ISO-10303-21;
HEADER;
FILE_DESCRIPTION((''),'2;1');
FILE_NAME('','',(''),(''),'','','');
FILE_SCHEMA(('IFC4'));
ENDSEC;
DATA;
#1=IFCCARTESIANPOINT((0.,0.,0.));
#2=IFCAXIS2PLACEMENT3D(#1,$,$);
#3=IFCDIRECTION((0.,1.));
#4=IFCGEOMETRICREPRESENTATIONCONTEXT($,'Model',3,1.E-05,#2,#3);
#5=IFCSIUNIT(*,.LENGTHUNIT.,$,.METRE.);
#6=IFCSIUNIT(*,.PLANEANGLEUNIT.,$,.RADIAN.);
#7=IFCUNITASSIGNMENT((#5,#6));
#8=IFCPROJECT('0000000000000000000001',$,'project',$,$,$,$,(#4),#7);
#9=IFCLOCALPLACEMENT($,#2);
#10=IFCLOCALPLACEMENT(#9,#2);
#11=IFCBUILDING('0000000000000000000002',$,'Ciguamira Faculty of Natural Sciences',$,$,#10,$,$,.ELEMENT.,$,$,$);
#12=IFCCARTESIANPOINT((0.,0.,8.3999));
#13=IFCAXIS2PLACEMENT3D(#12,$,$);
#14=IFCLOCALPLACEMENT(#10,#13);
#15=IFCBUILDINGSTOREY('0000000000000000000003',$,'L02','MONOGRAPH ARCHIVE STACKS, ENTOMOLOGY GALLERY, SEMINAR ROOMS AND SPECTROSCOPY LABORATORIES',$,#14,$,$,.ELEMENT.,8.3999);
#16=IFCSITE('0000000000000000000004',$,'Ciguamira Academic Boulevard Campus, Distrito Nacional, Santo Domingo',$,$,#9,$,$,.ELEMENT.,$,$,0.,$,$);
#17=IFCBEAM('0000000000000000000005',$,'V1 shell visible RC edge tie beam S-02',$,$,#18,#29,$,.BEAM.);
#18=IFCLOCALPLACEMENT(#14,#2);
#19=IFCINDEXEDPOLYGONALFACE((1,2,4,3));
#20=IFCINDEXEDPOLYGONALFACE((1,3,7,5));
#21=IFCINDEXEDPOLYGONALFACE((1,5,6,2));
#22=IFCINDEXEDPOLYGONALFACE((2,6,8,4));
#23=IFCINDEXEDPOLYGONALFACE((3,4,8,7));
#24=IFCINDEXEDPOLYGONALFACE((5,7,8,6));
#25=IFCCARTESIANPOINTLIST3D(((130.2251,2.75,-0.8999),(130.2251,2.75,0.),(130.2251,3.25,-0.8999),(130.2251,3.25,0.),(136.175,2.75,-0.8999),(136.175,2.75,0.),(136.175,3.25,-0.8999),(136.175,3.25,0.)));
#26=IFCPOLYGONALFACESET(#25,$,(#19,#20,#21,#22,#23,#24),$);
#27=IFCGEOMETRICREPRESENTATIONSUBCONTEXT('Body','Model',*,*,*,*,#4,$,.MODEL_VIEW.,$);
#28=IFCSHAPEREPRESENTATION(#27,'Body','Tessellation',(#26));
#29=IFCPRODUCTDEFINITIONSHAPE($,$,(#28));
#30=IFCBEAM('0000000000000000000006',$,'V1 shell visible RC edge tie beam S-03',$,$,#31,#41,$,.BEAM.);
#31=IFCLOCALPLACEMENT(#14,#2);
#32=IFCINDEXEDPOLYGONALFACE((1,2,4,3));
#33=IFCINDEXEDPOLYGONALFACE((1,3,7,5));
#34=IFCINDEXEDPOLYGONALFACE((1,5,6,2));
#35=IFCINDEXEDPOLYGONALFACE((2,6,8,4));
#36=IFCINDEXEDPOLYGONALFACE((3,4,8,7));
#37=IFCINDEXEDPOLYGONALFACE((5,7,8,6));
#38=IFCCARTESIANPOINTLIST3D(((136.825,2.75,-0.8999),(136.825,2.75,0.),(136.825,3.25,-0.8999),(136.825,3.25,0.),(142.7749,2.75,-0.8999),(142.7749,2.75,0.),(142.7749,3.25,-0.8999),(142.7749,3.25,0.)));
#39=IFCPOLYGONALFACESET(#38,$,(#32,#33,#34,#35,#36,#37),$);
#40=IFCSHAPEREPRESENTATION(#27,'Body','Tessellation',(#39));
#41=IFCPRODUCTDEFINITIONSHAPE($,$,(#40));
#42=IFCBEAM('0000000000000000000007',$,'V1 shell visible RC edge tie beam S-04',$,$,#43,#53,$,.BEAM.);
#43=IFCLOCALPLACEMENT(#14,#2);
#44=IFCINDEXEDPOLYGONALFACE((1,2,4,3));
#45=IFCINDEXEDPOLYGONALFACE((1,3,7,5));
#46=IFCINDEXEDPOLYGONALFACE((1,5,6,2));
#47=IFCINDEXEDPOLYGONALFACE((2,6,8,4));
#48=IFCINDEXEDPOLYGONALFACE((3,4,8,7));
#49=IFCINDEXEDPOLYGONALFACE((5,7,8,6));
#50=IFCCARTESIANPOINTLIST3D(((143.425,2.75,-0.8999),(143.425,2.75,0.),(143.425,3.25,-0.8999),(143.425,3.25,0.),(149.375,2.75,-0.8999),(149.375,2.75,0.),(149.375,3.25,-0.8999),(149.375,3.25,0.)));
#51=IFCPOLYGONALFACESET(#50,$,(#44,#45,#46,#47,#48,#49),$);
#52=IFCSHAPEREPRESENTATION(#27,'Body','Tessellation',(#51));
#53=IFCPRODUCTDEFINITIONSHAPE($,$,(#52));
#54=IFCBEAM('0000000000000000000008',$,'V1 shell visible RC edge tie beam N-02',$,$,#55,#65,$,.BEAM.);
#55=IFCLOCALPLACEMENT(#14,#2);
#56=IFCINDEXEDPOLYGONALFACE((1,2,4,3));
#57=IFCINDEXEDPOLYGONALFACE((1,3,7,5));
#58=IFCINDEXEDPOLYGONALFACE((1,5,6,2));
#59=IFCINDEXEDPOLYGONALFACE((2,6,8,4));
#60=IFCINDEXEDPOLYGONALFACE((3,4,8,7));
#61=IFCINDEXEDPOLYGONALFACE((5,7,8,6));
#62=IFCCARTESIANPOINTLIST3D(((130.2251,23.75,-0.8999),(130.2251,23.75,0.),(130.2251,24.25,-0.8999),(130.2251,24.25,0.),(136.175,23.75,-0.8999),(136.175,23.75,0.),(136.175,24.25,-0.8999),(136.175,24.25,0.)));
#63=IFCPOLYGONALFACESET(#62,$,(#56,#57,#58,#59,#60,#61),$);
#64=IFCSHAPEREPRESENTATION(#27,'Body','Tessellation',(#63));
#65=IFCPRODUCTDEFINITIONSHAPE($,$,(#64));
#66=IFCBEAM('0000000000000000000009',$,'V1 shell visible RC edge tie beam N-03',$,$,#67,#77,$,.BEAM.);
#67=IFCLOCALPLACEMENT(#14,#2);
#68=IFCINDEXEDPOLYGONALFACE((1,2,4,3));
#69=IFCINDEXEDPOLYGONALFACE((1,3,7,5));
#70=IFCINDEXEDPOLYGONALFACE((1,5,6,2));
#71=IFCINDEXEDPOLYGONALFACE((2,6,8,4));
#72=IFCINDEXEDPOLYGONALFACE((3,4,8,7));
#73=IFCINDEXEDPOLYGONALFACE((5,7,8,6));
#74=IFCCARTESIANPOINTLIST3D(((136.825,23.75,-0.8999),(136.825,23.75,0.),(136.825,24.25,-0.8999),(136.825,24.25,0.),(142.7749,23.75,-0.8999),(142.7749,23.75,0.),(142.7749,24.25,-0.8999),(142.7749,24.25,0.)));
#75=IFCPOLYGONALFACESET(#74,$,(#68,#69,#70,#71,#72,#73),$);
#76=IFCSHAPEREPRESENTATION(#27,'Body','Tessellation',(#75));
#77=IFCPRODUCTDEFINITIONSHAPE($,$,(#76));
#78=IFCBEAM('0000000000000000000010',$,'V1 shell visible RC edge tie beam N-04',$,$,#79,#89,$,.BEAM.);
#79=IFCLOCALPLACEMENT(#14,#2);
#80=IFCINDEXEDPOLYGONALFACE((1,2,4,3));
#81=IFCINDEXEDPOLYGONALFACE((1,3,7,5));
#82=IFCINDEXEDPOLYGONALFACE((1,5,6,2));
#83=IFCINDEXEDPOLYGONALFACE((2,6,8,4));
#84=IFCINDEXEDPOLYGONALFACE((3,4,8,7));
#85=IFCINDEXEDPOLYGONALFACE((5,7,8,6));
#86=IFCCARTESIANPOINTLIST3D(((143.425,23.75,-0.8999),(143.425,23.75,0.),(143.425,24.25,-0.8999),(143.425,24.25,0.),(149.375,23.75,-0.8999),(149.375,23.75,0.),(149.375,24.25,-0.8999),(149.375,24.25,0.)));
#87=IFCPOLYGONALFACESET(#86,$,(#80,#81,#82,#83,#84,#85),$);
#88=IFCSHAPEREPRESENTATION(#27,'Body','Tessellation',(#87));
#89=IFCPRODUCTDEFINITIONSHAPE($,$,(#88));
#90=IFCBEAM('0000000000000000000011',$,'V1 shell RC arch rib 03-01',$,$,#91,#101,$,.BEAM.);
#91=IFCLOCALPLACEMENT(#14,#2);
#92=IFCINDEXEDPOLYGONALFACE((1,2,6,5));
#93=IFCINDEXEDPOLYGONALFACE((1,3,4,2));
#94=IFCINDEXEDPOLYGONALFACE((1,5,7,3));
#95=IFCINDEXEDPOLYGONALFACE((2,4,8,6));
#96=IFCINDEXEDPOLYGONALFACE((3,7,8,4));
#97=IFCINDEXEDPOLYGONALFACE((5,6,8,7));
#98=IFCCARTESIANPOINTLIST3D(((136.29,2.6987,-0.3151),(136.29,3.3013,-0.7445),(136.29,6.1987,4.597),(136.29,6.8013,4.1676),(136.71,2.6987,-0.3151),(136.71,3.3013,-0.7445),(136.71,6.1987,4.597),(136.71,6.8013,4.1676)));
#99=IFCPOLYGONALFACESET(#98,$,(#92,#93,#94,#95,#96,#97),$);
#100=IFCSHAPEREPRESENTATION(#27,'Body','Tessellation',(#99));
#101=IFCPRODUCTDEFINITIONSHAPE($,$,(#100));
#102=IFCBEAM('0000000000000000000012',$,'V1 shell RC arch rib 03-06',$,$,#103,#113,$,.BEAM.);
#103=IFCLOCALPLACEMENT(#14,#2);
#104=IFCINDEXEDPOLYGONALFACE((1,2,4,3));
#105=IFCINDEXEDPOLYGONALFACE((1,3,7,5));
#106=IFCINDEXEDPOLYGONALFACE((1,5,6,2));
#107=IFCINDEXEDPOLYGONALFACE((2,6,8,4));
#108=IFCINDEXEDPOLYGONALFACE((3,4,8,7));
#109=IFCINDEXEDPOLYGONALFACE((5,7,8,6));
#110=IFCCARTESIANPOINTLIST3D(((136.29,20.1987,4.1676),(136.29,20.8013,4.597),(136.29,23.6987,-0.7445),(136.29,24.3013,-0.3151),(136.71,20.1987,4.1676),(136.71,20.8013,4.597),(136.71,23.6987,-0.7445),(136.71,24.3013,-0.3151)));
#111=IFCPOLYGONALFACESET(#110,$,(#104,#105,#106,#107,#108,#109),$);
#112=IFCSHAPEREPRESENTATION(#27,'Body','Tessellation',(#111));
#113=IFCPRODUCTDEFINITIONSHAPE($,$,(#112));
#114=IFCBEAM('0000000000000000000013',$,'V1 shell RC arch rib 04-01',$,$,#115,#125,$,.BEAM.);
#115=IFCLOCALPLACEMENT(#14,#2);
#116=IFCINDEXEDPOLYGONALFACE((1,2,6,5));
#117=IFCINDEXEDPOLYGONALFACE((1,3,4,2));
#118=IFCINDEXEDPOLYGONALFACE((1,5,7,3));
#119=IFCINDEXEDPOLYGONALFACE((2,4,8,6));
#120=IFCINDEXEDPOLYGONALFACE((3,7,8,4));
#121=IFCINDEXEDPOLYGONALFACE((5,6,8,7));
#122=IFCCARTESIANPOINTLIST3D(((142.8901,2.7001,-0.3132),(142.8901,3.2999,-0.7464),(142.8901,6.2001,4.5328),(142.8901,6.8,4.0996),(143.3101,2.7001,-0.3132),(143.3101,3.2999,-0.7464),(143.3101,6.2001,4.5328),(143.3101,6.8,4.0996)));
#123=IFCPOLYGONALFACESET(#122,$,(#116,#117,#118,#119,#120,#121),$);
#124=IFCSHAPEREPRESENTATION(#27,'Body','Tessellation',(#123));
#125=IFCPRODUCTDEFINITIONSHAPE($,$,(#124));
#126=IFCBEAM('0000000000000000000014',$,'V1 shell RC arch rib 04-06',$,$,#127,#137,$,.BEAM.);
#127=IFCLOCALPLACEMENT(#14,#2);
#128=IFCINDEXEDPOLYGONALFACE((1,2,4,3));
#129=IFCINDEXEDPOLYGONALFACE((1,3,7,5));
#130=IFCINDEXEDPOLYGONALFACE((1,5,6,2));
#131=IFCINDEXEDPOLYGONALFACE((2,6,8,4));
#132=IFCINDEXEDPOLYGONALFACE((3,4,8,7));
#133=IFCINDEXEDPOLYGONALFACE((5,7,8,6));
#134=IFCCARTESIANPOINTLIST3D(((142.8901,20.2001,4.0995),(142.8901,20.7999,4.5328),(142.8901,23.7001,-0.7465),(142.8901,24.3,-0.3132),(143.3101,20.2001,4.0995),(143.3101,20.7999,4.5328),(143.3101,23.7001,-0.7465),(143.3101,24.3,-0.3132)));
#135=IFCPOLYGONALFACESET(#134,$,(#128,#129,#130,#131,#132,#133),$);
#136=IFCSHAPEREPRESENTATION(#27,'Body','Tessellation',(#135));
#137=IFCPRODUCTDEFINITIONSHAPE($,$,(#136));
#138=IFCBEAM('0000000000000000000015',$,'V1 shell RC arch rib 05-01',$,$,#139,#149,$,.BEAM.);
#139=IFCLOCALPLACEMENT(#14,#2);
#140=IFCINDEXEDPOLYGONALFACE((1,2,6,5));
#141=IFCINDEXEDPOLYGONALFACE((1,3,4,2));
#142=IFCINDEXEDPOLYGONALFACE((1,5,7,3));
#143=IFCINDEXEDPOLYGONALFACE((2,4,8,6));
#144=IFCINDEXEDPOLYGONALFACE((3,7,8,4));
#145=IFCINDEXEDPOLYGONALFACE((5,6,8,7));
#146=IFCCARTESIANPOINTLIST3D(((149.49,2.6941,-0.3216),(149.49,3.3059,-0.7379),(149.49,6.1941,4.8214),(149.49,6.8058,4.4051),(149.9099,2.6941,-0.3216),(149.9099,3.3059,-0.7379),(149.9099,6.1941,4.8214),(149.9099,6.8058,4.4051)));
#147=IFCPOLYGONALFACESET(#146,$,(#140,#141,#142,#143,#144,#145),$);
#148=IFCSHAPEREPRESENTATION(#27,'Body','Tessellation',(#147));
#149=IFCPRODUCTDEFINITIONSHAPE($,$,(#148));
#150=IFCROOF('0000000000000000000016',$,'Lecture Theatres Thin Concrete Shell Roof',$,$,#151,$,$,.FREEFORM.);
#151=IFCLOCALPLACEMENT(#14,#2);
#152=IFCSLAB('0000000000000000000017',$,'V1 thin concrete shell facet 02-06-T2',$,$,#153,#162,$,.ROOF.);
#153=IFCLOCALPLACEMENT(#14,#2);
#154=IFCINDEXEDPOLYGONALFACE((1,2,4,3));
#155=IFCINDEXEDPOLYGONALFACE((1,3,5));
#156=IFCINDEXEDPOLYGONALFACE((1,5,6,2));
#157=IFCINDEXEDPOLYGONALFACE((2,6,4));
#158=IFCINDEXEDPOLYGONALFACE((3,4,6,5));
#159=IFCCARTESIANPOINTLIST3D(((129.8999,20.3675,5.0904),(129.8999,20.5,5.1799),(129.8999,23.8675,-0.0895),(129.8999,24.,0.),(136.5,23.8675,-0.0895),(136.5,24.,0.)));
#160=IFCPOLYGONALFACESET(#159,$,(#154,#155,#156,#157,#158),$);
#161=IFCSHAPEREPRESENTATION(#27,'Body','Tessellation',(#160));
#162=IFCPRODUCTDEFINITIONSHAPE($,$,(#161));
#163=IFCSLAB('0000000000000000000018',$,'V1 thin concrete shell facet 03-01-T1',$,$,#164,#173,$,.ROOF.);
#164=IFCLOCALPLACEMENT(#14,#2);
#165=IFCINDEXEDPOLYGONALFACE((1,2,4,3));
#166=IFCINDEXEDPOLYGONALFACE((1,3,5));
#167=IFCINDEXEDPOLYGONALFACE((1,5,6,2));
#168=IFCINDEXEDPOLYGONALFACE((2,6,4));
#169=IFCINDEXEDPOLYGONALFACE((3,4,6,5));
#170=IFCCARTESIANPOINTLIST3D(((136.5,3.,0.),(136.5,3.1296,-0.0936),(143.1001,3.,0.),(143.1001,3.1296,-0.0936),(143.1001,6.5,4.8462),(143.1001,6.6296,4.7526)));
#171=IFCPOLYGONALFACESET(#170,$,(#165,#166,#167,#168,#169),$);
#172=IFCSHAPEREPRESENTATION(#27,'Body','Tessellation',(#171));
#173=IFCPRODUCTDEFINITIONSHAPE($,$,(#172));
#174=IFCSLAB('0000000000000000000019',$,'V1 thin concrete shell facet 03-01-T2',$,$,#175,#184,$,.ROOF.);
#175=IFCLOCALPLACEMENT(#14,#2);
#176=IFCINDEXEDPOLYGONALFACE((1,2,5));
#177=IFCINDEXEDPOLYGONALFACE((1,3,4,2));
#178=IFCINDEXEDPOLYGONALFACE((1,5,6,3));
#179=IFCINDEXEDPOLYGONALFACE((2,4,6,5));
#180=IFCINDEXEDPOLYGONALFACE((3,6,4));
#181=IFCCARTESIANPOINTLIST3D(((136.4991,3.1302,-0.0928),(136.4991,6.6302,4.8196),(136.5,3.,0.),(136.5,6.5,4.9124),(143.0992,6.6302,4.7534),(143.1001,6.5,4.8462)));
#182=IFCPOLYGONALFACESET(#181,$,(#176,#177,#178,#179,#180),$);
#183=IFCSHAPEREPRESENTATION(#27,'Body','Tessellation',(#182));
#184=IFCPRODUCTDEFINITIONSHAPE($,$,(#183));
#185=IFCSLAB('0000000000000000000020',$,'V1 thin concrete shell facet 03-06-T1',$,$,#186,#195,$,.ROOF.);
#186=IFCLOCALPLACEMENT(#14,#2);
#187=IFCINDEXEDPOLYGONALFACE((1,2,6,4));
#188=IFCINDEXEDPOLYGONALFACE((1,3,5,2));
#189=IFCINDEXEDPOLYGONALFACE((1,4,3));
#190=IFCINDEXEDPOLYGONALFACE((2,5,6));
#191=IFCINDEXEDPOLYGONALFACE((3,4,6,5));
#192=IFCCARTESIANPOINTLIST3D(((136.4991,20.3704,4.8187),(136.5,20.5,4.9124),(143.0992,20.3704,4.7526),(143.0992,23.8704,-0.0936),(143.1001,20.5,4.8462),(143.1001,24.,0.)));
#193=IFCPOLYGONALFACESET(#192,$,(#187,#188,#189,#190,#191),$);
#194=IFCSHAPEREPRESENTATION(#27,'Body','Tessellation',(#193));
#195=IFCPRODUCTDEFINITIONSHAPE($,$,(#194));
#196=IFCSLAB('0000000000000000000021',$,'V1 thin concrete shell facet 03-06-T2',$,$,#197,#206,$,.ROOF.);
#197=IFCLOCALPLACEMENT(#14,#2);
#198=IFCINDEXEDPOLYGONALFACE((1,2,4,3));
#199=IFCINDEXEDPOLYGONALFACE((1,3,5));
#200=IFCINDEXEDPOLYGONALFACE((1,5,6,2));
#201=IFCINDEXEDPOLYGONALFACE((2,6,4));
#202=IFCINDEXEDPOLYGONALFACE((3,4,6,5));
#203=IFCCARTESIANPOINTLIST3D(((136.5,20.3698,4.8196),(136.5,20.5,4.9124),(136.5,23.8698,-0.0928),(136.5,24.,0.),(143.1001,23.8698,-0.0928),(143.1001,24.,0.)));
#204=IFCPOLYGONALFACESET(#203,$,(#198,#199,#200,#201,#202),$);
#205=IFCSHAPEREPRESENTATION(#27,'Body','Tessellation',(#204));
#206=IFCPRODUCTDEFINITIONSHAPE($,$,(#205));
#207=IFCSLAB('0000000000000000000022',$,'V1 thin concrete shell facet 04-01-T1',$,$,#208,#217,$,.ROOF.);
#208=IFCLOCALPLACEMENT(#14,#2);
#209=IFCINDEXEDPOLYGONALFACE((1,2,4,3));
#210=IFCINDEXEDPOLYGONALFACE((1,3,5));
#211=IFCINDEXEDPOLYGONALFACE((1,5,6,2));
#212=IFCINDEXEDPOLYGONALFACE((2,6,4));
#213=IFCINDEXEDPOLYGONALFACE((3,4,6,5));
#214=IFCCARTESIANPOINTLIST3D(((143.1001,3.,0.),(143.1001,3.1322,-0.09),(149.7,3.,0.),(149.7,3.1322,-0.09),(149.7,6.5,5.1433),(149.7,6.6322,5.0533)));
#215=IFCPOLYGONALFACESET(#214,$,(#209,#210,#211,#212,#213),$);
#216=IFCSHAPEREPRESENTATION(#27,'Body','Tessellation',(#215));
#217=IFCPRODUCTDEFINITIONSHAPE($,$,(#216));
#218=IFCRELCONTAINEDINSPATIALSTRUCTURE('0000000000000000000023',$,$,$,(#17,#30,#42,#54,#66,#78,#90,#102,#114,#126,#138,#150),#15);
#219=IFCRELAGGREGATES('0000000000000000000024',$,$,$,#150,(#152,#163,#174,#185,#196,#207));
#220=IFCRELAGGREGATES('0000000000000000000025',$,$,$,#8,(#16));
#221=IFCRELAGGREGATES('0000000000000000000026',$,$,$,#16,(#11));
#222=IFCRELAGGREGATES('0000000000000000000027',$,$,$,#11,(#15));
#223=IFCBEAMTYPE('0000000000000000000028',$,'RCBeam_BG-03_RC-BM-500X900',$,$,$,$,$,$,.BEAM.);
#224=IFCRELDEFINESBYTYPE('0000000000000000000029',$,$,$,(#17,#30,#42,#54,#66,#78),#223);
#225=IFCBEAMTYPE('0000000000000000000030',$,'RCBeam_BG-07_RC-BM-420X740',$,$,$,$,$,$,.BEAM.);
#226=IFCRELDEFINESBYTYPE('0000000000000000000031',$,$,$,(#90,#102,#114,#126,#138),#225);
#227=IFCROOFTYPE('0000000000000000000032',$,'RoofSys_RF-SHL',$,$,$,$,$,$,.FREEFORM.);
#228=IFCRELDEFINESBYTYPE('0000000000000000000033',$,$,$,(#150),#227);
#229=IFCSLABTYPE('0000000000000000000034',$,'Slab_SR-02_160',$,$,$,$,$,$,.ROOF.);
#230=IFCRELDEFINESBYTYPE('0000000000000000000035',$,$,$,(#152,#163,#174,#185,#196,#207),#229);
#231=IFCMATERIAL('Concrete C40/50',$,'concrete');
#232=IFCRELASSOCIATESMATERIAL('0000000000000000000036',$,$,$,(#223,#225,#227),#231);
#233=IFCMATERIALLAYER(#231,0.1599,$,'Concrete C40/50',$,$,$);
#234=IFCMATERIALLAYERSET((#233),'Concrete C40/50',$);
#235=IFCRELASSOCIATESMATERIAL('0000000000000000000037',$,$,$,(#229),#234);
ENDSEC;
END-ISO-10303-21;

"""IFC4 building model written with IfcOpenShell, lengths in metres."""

from ifc_helpers import new_model, si_unit, direction, frame, origin, origin_2d, place, context, subcontext, project, spatial, polyline, rectangle, outline, extrude, material, layer, layer_set, material_profile, profile_set, type_object, element, aggregate, save


model = new_model("IFC4")

# Units and contexts
model_context = context("Model", 3, precision=1e-05, world=origin(), true_north=direction((0.0, 1.0)))
body_context = subcontext(model_context, "Body", "Model", "MODEL_VIEW")
ifc_project = project(units=[si_unit("LENGTHUNIT", "METRE"), si_unit("PLANEANGLEUNIT", "RADIAN")], contexts=[model_context])

# Site, building, storey
site_placement = place(None, origin())
site = spatial("IfcSite", under=ifc_project, at=site_placement, Name="Ciguamira Academic Boulevard Campus, Distrito Nacional, Santo Domingo", CompositionType="ELEMENT", RefElevation=0.0)
building_placement = place(site_placement, origin())
building = spatial("IfcBuilding", under=site, at=building_placement, Name="Ciguamira Faculty of Natural Sciences", CompositionType="ELEMENT")
storey_placement = place(building_placement, frame((0.0, 0.0, 8.3999)))
storey = spatial("IfcBuildingStorey", under=building, at=storey_placement, Name="L02", Description="MONOGRAPH ARCHIVE STACKS, ENTOMOLOGY GALLERY, SEMINAR ROOMS AND SPECTROSCOPY LABORATORIES", CompositionType="ELEMENT", Elevation=8.3999)

# Beams
ifc_material = material(Name="Concrete C40/50", Category="concrete")
ifc_material_profile_1 = material_profile(ifc_material, rectangle(XDim=0.5, YDim=0.8999, at=origin_2d()), Name="RC-BM-500X900")
ifc_profile_set_1 = profile_set([ifc_material_profile_1], Name="Concrete C40/50")
beam_type_1 = type_object("IfcBeamType", Name="RCBeam_BG-03_RC-BM-500X900", PredefinedType="BEAM", material=ifc_profile_set_1)
for number, where, z_axis, x_axis, name in (
    (1, (130.2251, 3.0, -0.45), (1.0, 0.0, 0.0), (0.0, 1.0, 0.0), "V1 shell visible RC edge tie beam S-02"),
    (2, (136.825, 3.0, -0.45), (1.0, 0.0, 0.0), (0.0, 1.0, 0.0), "V1 shell visible RC edge tie beam S-03"),
    (3, (143.425, 3.0, -0.45), (1.0, 0.0, 0.0), (0.0, 1.0, 0.0), "V1 shell visible RC edge tie beam S-04"),
    (4, (130.2251, 24.0, -0.45), (1.0, 0.0, 0.0), (0.0, 1.0, 0.0), "V1 shell visible RC edge tie beam N-02"),
    (5, (136.825, 24.0, -0.45), (1.0, 0.0, 0.0), (0.0, 1.0, 0.0), "V1 shell visible RC edge tie beam N-03"),
    (6, (143.425, 24.0, -0.45), (1.0, 0.0, 0.0), (0.0, 1.0, 0.0), "V1 shell visible RC edge tie beam N-04"),
):
    element("IfcBeam", number, at=place(storey_placement, frame(where, z_axis=z_axis, x_axis=x_axis)), inside=storey, type_object=beam_type_1, Name=name, PredefinedType="BEAM", context=body_context, shape_type="SweptSolid", body=[
        extrude(rectangle(XDim=0.5, YDim=0.8999, at=origin_2d()), origin(), (0.0, 0.0, 1.0), 5.95),
    ])
ifc_material_profile_2 = material_profile(ifc_material, rectangle(XDim=0.4199, YDim=0.74, at=origin_2d()), Name="RC-BM-420X740")
ifc_profile_set_2 = profile_set([ifc_material_profile_2], Name="Concrete C40/50")
beam_type_2 = type_object("IfcBeamType", Name="RCBeam_BG-07_RC-BM-420X740", PredefinedType="BEAM", material=ifc_profile_set_2)
for number, where, z_axis, x_axis, name in (
    (7, (136.5, 3.0, -0.5298), (0.0, 0.580288, 0.814411), (-1.0, 0.0, 0.0), "V1 shell RC arch rib 03-01"),
    (8, (136.5, 20.5, 4.3823), (0.0, 0.580288, -0.814411), (-1.0, 0.0, 0.0), "V1 shell RC arch rib 03-06"),
):
    element("IfcBeam", number, at=place(storey_placement, frame(where, z_axis=z_axis, x_axis=x_axis)), inside=storey, type_object=beam_type_2, Name=name, PredefinedType="BEAM", context=body_context, shape_type="SweptSolid", body=[
        extrude(rectangle(XDim=0.4199, YDim=0.74, at=origin_2d()), origin(), (0.0, 0.0, 1.0), 6.0315),
    ])
for number, where, z_axis, x_axis, name in (
    (9, (143.1001, 3.0, -0.5298), (0.0, 0.585507, 0.810667), (-1.0, 0.0, 0.0), "V1 shell RC arch rib 04-01"),
    (10, (143.1001, 20.5, 4.3162), (0.0, 0.585507, -0.810667), (-1.0, 0.0, 0.0), "V1 shell RC arch rib 04-06"),
):
    element("IfcBeam", number, at=place(storey_placement, frame(where, z_axis=z_axis, x_axis=x_axis)), inside=storey, type_object=beam_type_2, Name=name, PredefinedType="BEAM", context=body_context, shape_type="SweptSolid", body=[
        extrude(rectangle(XDim=0.4199, YDim=0.74, at=origin_2d()), origin(), (0.0, 0.0, 1.0), 5.9778),
    ])
beam_placement = place(storey_placement, frame((149.7, 3.0, -0.5298), z_axis=(0.0, 0.562608, 0.826724), x_axis=(-1.0, 0.0, 0.0)))
element("IfcBeam", 11, at=beam_placement, inside=storey, type_object=beam_type_2, Name="V1 shell RC arch rib 05-01", PredefinedType="BEAM", context=body_context, shape_type="SweptSolid", body=[
    extrude(rectangle(XDim=0.4199, YDim=0.74, at=origin_2d()), origin(), (0.0, 0.0, 1.0), 6.2209),
])

# Roof, slabs
roof_type = type_object("IfcRoofType", Name="RoofSys_RF-SHL", PredefinedType="FREEFORM", material=ifc_material)
roof_placement = place(storey_placement, origin())
roof = element("IfcRoof", 12, at=roof_placement, inside=storey, type_object=roof_type, Name="Lecture Theatres Thin Concrete Shell Roof", PredefinedType="FREEFORM")
ifc_layer = layer(ifc_material, 0.1599, Name="Concrete C40/50")
ifc_layer_set = layer_set([ifc_layer], Name="Concrete C40/50")
slab_type = type_object("IfcSlabType", Name="Slab_SR-02_160", PredefinedType="ROOF", material=ifc_layer_set)
slab_1_placement = place(storey_placement, frame((129.8999, 20.5, 5.1799), z_axis=(0.0, 0.828586, 0.559862), x_axis=(0.726018, 0.385004, -0.569798)))
slab_1 = element("IfcSlab", 13, at=slab_1_placement, type_object=slab_type, Name="V1 thin concrete shell facet 02-06-T2", PredefinedType="ROOF", context=body_context, shape_type="SweptSolid", body=[
    extrude(outline(polyline([(0.0, 0.0), (9.0908, 0.0), (4.299, 4.5387), (0.0, 0.0)])), origin(), (0.0, 0.0, -1.0), 0.1599),
])
slab_2_placement = place(storey_placement, frame((136.5, 3.0, 0.0), z_axis=(0.0, -0.810681, 0.585488), x_axis=(1.0, 0.0, 0.0)))
slab_2 = element("IfcSlab", 14, at=slab_2_placement, type_object=slab_type, Name="V1 thin concrete shell facet 03-01-T1", PredefinedType="ROOF", context=body_context, shape_type="SweptSolid", body=[
    extrude(outline(polyline([(0.0, 0.0), (6.6001, 0.0), (6.6001, 5.9779), (0.0, 0.0)])), origin(), (0.0, 0.0, -1.0), 0.1599),
])
slab_3_placement = place(storey_placement, frame((136.5, 3.0, 0.0), z_axis=(0.005817, -0.814411, 0.580259), x_axis=(0.741178, 0.393043, 0.544218)))
slab_3 = element("IfcSlab", 15, at=slab_3_placement, type_object=slab_type, Name="V1 thin concrete shell facet 03-01-T2", PredefinedType="ROOF", context=body_context, shape_type="SweptSolid", body=[
    extrude(outline(polyline([(0.0, 0.0), (8.9049, 0.0), (4.049, 4.4706), (0.0, 0.0)])), origin(), (0.0, 0.0, -1.0), 0.1599),
])
slab_4_placement = place(storey_placement, frame((136.5, 20.5, 4.9124), z_axis=(0.005869, 0.810667, 0.585477), x_axis=(0.99995, 0.0, -0.010024)))
slab_4 = element("IfcSlab", 16, at=slab_4_placement, type_object=slab_type, Name="V1 thin concrete shell facet 03-06-T1", PredefinedType="ROOF", context=body_context, shape_type="SweptSolid", body=[
    extrude(outline(polyline([(0.0, 0.0), (6.6004, 0.0), (6.649, 5.9777), (0.0, 0.0)])), origin(), (0.0, 0.0, -1.0), 0.1599),
])
slab_5_placement = place(storey_placement, frame((136.5, 20.5, 4.9124), z_axis=(0.0, 0.814425, 0.580269), x_axis=(0.738179, 0.391453, -0.549415)))
slab_5 = element("IfcSlab", 17, at=slab_5_placement, type_object=slab_type, Name="V1 thin concrete shell facet 03-06-T2", PredefinedType="ROOF", context=body_context, shape_type="SweptSolid", body=[
    extrude(outline(polyline([(0.0, 0.0), (8.9411, 0.0), (4.069, 4.4525), (0.0, 0.0)])), origin(), (0.0, 0.0, -1.0), 0.1599),
])
slab_6_placement = place(storey_placement, frame((143.1001, 3.0, 0.0), z_axis=(0.0, -0.826736, 0.56259), x_axis=(1.0, 0.0, 0.0)))
slab_6 = element("IfcSlab", 18, at=slab_6_placement, type_object=slab_type, Name="V1 thin concrete shell facet 04-01-T1", PredefinedType="ROOF", context=body_context, shape_type="SweptSolid", body=[
    extrude(outline(polyline([(0.0, 0.0), (6.5999, 0.0), (6.5999, 6.2212), (0.0, 0.0)])), origin(), (0.0, 0.0, -1.0), 0.1599),
])
aggregate(roof, [slab_1, slab_2, slab_3, slab_4, slab_5, slab_6])

save(model, "model.ifc")
